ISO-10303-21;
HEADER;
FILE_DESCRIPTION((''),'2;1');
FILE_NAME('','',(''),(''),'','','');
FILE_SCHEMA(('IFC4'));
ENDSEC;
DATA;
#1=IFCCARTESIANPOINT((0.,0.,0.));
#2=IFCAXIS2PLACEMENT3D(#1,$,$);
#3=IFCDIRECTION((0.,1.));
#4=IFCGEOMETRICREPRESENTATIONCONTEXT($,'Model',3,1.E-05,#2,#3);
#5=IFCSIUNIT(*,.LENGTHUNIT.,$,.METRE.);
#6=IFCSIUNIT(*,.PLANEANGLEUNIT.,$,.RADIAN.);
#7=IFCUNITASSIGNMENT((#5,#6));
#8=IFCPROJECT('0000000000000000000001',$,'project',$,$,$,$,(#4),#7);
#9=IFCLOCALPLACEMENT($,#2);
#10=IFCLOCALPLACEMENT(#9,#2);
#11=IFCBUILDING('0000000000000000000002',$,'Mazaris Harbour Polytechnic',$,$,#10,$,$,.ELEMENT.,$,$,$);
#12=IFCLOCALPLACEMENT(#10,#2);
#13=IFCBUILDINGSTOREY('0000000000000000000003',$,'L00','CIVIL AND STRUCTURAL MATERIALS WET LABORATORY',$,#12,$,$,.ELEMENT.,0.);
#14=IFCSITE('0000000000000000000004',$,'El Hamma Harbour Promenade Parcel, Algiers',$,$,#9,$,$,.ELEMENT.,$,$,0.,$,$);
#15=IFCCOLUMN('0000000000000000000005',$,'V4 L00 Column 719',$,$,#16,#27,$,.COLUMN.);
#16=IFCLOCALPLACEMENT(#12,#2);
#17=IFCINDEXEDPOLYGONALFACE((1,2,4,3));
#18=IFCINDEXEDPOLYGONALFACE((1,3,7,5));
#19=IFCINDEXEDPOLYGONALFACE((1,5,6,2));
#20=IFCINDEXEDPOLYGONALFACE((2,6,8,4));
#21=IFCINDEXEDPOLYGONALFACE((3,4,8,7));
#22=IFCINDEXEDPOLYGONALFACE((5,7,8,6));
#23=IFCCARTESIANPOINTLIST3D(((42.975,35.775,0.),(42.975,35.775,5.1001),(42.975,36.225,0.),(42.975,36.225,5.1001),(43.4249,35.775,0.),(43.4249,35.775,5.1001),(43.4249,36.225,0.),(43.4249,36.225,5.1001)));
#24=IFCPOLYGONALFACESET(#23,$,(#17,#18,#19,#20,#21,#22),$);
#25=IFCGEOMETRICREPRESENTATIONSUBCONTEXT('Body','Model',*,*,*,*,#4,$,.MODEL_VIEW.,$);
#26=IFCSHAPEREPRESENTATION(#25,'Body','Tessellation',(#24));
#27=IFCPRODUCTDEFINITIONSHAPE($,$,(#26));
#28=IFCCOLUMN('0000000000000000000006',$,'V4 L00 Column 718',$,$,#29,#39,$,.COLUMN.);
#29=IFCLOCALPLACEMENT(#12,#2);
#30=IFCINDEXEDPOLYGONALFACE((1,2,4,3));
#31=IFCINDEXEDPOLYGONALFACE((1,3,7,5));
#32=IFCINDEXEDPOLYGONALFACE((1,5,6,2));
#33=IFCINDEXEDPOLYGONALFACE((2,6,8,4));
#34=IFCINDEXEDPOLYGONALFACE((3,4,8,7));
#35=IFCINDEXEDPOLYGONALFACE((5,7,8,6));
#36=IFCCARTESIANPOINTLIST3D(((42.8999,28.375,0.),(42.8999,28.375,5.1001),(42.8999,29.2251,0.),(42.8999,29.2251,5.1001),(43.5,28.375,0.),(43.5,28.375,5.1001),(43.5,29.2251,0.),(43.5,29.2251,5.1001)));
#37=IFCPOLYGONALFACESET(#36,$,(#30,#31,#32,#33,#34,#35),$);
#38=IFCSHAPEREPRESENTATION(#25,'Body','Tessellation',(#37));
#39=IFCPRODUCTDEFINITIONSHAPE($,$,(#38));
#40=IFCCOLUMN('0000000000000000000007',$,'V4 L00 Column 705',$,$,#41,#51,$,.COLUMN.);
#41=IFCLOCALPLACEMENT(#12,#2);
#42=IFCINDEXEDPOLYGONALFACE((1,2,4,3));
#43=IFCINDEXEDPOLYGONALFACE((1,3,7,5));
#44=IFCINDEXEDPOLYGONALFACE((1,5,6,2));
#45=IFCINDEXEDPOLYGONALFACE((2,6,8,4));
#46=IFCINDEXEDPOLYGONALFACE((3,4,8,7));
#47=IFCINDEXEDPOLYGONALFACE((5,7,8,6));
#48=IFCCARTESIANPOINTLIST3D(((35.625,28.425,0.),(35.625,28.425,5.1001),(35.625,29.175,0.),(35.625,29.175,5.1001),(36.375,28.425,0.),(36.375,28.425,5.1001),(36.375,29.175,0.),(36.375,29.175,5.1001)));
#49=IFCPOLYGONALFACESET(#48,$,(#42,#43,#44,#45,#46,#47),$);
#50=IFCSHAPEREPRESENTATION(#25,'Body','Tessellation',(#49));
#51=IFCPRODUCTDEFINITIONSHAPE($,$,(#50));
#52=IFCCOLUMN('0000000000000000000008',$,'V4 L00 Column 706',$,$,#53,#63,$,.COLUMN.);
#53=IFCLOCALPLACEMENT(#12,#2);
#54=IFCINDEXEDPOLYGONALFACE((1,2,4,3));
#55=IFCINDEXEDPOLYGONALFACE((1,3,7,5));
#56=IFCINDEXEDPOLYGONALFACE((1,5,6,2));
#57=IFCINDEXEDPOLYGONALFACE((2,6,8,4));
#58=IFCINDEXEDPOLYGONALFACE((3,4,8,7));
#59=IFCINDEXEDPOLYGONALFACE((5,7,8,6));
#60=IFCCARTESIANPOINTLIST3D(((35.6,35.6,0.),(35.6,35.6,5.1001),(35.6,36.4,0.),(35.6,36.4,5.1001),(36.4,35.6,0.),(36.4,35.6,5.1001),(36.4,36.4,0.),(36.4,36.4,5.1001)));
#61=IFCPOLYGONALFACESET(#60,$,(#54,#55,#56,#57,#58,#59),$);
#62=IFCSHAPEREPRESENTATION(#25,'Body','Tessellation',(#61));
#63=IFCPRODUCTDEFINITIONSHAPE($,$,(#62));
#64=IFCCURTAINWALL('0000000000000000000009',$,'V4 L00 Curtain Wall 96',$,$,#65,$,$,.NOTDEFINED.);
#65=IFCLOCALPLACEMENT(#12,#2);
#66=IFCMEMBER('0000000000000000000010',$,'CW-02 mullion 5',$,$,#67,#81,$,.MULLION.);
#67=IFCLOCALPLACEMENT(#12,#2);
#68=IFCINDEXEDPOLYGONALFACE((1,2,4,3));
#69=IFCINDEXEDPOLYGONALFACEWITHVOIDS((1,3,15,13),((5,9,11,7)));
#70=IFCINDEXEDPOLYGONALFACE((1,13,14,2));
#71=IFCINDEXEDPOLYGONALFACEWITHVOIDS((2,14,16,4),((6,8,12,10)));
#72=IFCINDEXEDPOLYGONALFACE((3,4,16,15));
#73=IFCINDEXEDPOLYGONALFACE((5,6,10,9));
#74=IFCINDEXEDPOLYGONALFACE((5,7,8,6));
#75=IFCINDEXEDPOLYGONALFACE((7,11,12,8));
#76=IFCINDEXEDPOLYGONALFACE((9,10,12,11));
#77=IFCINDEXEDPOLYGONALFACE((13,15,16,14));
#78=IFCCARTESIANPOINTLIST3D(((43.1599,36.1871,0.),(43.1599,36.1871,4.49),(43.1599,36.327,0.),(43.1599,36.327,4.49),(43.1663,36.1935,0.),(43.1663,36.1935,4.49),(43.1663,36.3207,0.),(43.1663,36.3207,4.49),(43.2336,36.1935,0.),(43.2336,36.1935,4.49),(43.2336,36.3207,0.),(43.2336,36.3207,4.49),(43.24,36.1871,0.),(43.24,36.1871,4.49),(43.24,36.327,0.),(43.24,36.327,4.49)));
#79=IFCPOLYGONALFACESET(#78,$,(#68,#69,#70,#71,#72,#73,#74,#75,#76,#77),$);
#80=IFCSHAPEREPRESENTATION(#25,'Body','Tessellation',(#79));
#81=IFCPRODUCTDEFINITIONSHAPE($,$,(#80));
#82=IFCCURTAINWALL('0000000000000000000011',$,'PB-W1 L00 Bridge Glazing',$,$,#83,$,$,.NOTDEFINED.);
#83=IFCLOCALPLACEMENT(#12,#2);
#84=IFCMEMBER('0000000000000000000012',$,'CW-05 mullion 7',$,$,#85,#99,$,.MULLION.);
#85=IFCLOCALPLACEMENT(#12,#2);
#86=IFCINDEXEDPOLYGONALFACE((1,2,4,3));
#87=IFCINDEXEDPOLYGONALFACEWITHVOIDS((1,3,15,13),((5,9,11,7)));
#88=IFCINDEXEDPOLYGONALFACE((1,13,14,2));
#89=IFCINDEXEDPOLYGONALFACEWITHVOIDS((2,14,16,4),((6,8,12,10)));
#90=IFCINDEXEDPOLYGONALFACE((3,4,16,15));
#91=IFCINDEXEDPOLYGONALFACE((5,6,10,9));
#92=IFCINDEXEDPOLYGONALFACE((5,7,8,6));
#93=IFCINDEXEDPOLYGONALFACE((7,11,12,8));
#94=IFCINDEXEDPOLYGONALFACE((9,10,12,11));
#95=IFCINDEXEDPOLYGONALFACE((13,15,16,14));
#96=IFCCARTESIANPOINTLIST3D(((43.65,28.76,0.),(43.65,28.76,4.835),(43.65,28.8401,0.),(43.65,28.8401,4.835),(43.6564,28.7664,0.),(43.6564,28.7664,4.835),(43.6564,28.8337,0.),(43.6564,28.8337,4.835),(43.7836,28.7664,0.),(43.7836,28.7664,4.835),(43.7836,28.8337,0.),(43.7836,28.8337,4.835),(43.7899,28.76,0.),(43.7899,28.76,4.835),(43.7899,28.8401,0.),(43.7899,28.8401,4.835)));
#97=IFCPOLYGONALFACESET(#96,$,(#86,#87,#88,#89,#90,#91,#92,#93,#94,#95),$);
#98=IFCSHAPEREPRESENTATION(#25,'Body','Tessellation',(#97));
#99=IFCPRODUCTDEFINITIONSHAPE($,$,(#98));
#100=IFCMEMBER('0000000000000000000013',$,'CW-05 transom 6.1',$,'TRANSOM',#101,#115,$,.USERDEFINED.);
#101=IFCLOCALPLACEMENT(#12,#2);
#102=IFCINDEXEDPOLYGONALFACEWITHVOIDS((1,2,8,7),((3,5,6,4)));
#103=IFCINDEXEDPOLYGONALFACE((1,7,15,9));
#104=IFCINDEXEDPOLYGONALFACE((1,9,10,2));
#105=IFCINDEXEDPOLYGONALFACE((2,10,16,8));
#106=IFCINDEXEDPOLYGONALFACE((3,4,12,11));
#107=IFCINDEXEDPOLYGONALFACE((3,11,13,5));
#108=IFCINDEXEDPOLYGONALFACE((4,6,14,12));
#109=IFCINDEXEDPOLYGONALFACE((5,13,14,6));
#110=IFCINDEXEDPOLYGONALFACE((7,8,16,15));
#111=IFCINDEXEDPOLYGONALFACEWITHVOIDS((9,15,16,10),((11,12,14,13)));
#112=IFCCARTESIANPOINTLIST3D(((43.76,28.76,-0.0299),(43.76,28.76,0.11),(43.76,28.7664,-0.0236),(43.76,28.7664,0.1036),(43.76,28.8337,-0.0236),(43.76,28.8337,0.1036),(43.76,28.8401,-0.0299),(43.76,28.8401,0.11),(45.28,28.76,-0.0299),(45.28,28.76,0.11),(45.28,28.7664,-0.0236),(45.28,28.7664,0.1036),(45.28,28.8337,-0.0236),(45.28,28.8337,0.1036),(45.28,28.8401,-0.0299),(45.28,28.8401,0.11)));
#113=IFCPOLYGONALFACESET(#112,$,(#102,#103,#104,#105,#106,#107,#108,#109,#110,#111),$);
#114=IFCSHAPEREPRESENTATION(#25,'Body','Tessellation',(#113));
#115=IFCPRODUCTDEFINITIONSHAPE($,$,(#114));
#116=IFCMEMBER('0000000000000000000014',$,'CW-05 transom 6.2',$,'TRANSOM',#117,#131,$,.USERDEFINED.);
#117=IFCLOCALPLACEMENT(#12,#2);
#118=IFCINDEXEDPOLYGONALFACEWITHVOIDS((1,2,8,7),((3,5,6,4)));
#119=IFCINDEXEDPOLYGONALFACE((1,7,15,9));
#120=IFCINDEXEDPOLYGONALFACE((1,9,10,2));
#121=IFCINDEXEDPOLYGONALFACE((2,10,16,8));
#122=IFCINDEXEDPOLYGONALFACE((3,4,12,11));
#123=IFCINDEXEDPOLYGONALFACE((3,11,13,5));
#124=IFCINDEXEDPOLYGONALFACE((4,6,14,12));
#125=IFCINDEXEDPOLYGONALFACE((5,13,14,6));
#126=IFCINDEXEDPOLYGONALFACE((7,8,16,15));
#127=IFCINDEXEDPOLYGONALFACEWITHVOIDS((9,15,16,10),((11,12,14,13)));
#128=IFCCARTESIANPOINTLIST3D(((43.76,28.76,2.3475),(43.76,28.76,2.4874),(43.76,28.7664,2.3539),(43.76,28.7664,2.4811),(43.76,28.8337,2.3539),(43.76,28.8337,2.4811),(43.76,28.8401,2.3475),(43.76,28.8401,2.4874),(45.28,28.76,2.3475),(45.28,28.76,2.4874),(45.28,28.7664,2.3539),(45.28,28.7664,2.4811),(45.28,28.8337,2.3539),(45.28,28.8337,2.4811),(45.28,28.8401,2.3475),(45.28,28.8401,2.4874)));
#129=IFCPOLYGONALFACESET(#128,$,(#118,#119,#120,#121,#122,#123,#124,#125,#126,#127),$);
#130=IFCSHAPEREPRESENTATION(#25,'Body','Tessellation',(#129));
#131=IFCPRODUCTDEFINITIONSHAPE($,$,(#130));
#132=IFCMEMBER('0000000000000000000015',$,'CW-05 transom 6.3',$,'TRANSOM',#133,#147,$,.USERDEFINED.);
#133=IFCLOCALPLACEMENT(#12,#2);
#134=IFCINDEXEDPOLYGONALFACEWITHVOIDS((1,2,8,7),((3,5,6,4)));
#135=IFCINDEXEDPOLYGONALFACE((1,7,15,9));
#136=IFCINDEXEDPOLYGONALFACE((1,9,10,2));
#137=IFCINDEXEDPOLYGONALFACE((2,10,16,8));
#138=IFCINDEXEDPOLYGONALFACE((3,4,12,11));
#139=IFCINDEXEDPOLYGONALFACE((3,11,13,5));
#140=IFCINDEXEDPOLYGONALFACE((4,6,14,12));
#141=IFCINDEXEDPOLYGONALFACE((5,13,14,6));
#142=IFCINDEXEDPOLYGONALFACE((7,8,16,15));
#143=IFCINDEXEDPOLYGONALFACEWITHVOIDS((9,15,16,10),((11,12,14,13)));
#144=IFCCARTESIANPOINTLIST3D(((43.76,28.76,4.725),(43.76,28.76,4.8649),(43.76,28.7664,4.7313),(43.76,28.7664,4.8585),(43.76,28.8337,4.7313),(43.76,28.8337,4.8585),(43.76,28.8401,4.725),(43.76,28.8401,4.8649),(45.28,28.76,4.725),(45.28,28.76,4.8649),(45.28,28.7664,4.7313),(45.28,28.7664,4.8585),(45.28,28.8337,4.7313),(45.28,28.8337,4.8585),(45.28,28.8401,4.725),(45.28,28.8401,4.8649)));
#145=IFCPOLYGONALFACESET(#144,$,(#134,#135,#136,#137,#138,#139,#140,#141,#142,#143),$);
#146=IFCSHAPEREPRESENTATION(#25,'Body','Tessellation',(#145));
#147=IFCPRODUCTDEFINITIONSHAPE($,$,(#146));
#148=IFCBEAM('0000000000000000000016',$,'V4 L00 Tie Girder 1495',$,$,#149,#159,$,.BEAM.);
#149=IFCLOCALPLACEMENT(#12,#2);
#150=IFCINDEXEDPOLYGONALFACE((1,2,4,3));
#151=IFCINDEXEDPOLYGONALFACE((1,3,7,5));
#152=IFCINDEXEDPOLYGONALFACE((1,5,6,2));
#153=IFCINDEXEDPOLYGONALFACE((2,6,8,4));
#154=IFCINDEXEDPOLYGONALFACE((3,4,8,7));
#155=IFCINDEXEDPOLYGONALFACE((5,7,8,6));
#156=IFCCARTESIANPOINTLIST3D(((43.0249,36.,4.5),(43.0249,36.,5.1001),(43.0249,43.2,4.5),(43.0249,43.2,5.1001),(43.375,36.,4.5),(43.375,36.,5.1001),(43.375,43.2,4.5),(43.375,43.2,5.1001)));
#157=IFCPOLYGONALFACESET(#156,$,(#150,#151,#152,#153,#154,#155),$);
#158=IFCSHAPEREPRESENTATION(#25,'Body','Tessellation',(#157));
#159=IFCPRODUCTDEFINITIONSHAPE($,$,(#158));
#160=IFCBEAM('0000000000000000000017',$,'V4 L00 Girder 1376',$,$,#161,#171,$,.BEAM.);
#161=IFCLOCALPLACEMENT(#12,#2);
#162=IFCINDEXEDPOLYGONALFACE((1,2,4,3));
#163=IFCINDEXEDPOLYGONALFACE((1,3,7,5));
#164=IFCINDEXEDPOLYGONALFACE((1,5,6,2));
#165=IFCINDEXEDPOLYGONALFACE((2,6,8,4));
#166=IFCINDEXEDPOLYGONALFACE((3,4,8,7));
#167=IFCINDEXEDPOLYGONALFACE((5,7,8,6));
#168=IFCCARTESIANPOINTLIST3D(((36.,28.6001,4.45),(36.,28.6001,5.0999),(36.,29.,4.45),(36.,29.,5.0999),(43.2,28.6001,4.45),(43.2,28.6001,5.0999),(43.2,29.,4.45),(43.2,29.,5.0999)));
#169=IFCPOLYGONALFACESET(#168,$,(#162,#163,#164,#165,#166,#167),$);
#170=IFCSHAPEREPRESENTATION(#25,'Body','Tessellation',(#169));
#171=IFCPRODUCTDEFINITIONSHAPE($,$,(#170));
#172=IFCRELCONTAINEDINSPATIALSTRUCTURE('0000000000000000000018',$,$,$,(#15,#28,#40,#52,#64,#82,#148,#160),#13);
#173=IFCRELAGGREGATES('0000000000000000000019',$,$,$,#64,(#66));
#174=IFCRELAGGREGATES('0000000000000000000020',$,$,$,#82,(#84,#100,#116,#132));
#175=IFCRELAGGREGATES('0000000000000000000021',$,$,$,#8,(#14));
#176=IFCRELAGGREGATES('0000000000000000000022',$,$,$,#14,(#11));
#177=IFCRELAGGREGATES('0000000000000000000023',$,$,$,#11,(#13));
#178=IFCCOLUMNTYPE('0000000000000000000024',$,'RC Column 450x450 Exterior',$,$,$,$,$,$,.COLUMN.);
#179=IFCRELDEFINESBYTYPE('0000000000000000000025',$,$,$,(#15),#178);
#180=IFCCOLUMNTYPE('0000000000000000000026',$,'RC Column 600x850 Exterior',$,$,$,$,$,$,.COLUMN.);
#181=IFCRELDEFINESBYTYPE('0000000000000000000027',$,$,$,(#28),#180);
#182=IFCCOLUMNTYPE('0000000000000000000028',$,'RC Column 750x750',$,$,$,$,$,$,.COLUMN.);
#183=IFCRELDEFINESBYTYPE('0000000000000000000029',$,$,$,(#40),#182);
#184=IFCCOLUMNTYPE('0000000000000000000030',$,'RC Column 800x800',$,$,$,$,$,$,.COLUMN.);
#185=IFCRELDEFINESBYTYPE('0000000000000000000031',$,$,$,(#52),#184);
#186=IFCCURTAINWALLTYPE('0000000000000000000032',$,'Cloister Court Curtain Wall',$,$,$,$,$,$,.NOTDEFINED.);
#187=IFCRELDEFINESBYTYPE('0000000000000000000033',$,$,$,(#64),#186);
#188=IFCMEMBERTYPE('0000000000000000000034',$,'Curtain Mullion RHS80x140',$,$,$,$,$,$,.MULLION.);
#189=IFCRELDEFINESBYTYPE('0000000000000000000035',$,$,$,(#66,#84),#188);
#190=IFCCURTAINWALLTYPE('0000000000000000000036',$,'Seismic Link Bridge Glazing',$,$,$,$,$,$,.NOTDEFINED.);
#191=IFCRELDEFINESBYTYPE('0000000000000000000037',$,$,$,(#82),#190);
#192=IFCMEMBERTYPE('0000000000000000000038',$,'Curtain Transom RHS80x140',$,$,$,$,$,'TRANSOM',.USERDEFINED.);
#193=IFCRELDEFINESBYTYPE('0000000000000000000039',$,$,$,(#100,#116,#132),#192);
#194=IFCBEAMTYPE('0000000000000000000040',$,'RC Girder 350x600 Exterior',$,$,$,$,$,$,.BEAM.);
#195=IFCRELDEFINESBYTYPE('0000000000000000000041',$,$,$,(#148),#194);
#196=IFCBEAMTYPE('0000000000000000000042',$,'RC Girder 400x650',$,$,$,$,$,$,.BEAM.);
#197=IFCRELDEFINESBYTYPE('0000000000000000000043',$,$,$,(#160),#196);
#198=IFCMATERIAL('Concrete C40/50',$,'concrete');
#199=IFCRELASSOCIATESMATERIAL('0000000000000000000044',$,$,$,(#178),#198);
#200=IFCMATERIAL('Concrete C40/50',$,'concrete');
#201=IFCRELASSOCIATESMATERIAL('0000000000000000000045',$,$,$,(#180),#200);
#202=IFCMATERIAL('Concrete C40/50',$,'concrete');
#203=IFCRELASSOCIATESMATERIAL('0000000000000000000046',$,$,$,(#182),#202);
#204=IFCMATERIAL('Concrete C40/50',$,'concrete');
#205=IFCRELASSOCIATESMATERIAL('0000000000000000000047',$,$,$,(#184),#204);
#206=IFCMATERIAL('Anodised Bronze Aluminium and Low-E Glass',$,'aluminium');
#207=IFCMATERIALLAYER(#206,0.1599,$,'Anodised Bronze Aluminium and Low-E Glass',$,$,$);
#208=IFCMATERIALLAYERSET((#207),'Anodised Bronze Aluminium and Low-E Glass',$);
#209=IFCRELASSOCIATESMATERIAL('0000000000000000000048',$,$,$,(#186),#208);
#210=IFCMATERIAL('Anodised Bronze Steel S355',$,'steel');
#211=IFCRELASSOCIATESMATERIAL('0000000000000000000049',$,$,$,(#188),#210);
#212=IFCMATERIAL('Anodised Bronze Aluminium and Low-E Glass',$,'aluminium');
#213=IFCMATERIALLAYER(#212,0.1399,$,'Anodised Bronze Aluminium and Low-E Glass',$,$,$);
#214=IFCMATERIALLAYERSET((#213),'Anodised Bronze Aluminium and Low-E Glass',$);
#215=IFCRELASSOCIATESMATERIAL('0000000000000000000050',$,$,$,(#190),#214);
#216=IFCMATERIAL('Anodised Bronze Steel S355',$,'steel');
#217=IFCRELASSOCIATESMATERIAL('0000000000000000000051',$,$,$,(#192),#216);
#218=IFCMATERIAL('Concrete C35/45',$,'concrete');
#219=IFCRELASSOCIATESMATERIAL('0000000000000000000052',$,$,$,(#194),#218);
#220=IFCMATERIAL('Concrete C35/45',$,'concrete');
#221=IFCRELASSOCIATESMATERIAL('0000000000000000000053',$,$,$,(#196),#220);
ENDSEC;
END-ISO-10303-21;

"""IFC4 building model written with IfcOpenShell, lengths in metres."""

from ifc_helpers import new_model, si_unit, direction, frame, origin, origin_2d, place, context, subcontext, project, spatial, rectangle, hollow_rectangle, extrude, material, layer, layer_set, material_profile, profile_set, type_object, element, aggregate, save


model = new_model("IFC4")

# Units and contexts
model_context = context("Model", 3, precision=1e-05, world=origin(), true_north=direction((0.0, 1.0)))
body_context = subcontext(model_context, "Body", "Model", "MODEL_VIEW")
ifc_project = project(units=[si_unit("LENGTHUNIT", "METRE"), si_unit("PLANEANGLEUNIT", "RADIAN")], contexts=[model_context])

# Site, building, storey
site_placement = place(None, origin())
site = spatial("IfcSite", under=ifc_project, at=site_placement, Name="El Hamma Harbour Promenade Parcel, Algiers", CompositionType="ELEMENT", RefElevation=0.0)
building_placement = place(site_placement, origin())
building = spatial("IfcBuilding", under=site, at=building_placement, Name="Mazaris Harbour Polytechnic", CompositionType="ELEMENT")
storey_placement = place(building_placement, origin())
storey = spatial("IfcBuildingStorey", under=building, at=storey_placement, Name="L00", Description="CIVIL AND STRUCTURAL MATERIALS WET LABORATORY", CompositionType="ELEMENT", Elevation=0.0)

# Columns
ifc_material_1 = material(Name="Concrete C40/50", Category="concrete")
ifc_material_profile_1 = material_profile(ifc_material_1, rectangle(XDim=0.45, YDim=0.45, at=origin_2d()), Name="RECT450x450")
ifc_profile_set_1 = profile_set([ifc_material_profile_1], Name="Concrete C40/50")
column_type_1 = type_object("IfcColumnType", Name="RC Column 450x450 Exterior", PredefinedType="COLUMN", material=ifc_profile_set_1)
column_1_placement = place(storey_placement, frame((43.2, 36.0, 0.0), z_axis=(0.0, 0.0, 1.0), x_axis=(1.0, 0.0, 0.0)))
element("IfcColumn", 1, at=column_1_placement, inside=storey, type_object=column_type_1, Name="V4 L00 Column 719", PredefinedType="COLUMN", context=body_context, shape_type="SweptSolid", body=[
    extrude(rectangle(XDim=0.45, YDim=0.45, at=origin_2d()), origin(), (0.0, 0.0, 1.0), 5.1001),
])
ifc_material_2 = material(Name="Concrete C40/50", Category="concrete")
ifc_material_profile_2 = material_profile(ifc_material_2, rectangle(XDim=0.6001, YDim=0.8501, at=origin_2d()), Name="RECT600x850")
ifc_profile_set_2 = profile_set([ifc_material_profile_2], Name="Concrete C40/50")
column_type_2 = type_object("IfcColumnType", Name="RC Column 600x850 Exterior", PredefinedType="COLUMN", material=ifc_profile_set_2)
column_2_placement = place(storey_placement, frame((43.2, 28.8, 0.0), z_axis=(0.0, 0.0, 1.0), x_axis=(1.0, 0.0, 0.0)))
element("IfcColumn", 2, at=column_2_placement, inside=storey, type_object=column_type_2, Name="V4 L00 Column 718", PredefinedType="COLUMN", context=body_context, shape_type="SweptSolid", body=[
    extrude(rectangle(XDim=0.6001, YDim=0.8501, at=origin_2d()), origin(), (0.0, 0.0, 1.0), 5.1001),
])
ifc_material_3 = material(Name="Concrete C40/50", Category="concrete")
ifc_material_profile_3 = material_profile(ifc_material_3, rectangle(XDim=0.75, YDim=0.75, at=origin_2d()), Name="RECT750x750")
ifc_profile_set_3 = profile_set([ifc_material_profile_3], Name="Concrete C40/50")
column_type_3 = type_object("IfcColumnType", Name="RC Column 750x750", PredefinedType="COLUMN", material=ifc_profile_set_3)
column_3_placement = place(storey_placement, frame((36.0, 28.8, 0.0), z_axis=(0.0, 0.0, 1.0), x_axis=(1.0, 0.0, 0.0)))
element("IfcColumn", 3, at=column_3_placement, inside=storey, type_object=column_type_3, Name="V4 L00 Column 705", PredefinedType="COLUMN", context=body_context, shape_type="SweptSolid", body=[
    extrude(rectangle(XDim=0.75, YDim=0.75, at=origin_2d()), origin(), (0.0, 0.0, 1.0), 5.1001),
])
ifc_material_4 = material(Name="Concrete C40/50", Category="concrete")
ifc_material_profile_4 = material_profile(ifc_material_4, rectangle(XDim=0.8, YDim=0.8, at=origin_2d()), Name="RECT800x800")
ifc_profile_set_4 = profile_set([ifc_material_profile_4], Name="Concrete C40/50")
column_type_4 = type_object("IfcColumnType", Name="RC Column 800x800", PredefinedType="COLUMN", material=ifc_profile_set_4)
column_4_placement = place(storey_placement, frame((36.0, 36.0, 0.0), z_axis=(0.0, 0.0, 1.0), x_axis=(1.0, 0.0, 0.0)))
element("IfcColumn", 4, at=column_4_placement, inside=storey, type_object=column_type_4, Name="V4 L00 Column 706", PredefinedType="COLUMN", context=body_context, shape_type="SweptSolid", body=[
    extrude(rectangle(XDim=0.8, YDim=0.8, at=origin_2d()), origin(), (0.0, 0.0, 1.0), 5.1001),
])

# Curtain wall, member
ifc_material_5 = material(Name="Anodised Bronze Aluminium and Low-E Glass", Category="aluminium")
ifc_layer_1 = layer(ifc_material_5, 0.1599, Name="Anodised Bronze Aluminium and Low-E Glass")
ifc_layer_set_1 = layer_set([ifc_layer_1], Name="Anodised Bronze Aluminium and Low-E Glass")
curtain_wall_type_1 = type_object("IfcCurtainWallType", Name="Cloister Court Curtain Wall", PredefinedType="NOTDEFINED", material=ifc_layer_set_1)
curtain_wall_1_placement = place(storey_placement, origin())
curtain_wall_1 = element("IfcCurtainWall", 5, at=curtain_wall_1_placement, inside=storey, type_object=curtain_wall_type_1, Name="V4 L00 Curtain Wall 96", PredefinedType="NOTDEFINED")
ifc_material_6 = material(Name="Anodised Bronze Steel S355", Category="steel")
ifc_material_profile_5 = material_profile(ifc_material_6, hollow_rectangle(XDim=0.0801, YDim=0.1399, WallThickness=0.0063, at=origin_2d()), Name="RHS 80x140x6.3")
ifc_profile_set_5 = profile_set([ifc_material_profile_5], Name="Anodised Bronze Steel S355")
member_type_1 = type_object("IfcMemberType", Name="Curtain Mullion RHS80x140", PredefinedType="MULLION", material=ifc_profile_set_5)
member_1_placement = place(storey_placement, frame((43.2, 36.2571, 0.0), z_axis=(0.0, 0.0, 1.0), x_axis=(1.0, 0.0, 0.0)))
member_1 = element("IfcMember", 6, at=member_1_placement, type_object=member_type_1, Name="CW-02 mullion 5", PredefinedType="MULLION", context=body_context, shape_type="SweptSolid", body=[
    extrude(hollow_rectangle(XDim=0.0801, YDim=0.1399, WallThickness=0.0063, at=origin_2d()), origin(), (0.0, 0.0, 1.0), 4.49),
])
aggregate(curtain_wall_1, [member_1])

# Curtain wall, members
ifc_material_7 = material(Name="Anodised Bronze Aluminium and Low-E Glass", Category="aluminium")
ifc_layer_2 = layer(ifc_material_7, 0.1399, Name="Anodised Bronze Aluminium and Low-E Glass")
ifc_layer_set_2 = layer_set([ifc_layer_2], Name="Anodised Bronze Aluminium and Low-E Glass")
curtain_wall_type_2 = type_object("IfcCurtainWallType", Name="Seismic Link Bridge Glazing", PredefinedType="NOTDEFINED", material=ifc_layer_set_2)
curtain_wall_2_placement = place(storey_placement, origin())
curtain_wall_2 = element("IfcCurtainWall", 7, at=curtain_wall_2_placement, inside=storey, type_object=curtain_wall_type_2, Name="PB-W1 L00 Bridge Glazing", PredefinedType="NOTDEFINED")
member_2_placement = place(storey_placement, frame((43.72, 28.8, 0.0), z_axis=(0.0, 0.0, 1.0), x_axis=(0.0, -1.0, 0.0)))
member_2 = element("IfcMember", 8, at=member_2_placement, type_object=member_type_1, Name="CW-05 mullion 7", PredefinedType="MULLION", context=body_context, shape_type="SweptSolid", body=[
    extrude(hollow_rectangle(XDim=0.0801, YDim=0.1399, WallThickness=0.0063, at=origin_2d()), origin(), (0.0, 0.0, 1.0), 4.835),
])
ifc_material_8 = material(Name="Anodised Bronze Steel S355", Category="steel")
ifc_material_profile_6 = material_profile(ifc_material_8, hollow_rectangle(XDim=0.0801, YDim=0.1399, WallThickness=0.0063, at=origin_2d()), Name="RHS 80x140x6.3")
ifc_profile_set_6 = profile_set([ifc_material_profile_6], Name="Anodised Bronze Steel S355")
member_type_2 = type_object("IfcMemberType", Name="Curtain Transom RHS80x140", ElementType="TRANSOM", PredefinedType="USERDEFINED", material=ifc_profile_set_6)
member_3_placement = place(storey_placement, frame((45.28, 28.8, 0.04), z_axis=(-1.0, 0.0, 0.0), x_axis=(0.0, -1.0, 0.0)))
member_3 = element("IfcMember", 9, at=member_3_placement, type_object=member_type_2, Name="CW-05 transom 6.1", ObjectType="TRANSOM", PredefinedType="USERDEFINED", context=body_context, shape_type="SweptSolid", body=[
    extrude(hollow_rectangle(XDim=0.0801, YDim=0.1399, WallThickness=0.0063, at=origin_2d()), origin(), (0.0, 0.0, 1.0), 1.52),
])
member_4_placement = place(storey_placement, frame((45.28, 28.8, 2.4175), z_axis=(-1.0, 0.0, 0.0), x_axis=(0.0, -1.0, 0.0)))
member_4 = element("IfcMember", 10, at=member_4_placement, type_object=member_type_2, Name="CW-05 transom 6.2", ObjectType="TRANSOM", PredefinedType="USERDEFINED", context=body_context, shape_type="SweptSolid", body=[
    extrude(hollow_rectangle(XDim=0.0801, YDim=0.1399, WallThickness=0.0063, at=origin_2d()), origin(), (0.0, 0.0, 1.0), 1.52),
])
member_5_placement = place(storey_placement, frame((45.28, 28.8, 4.7949), z_axis=(-1.0, 0.0, 0.0), x_axis=(0.0, -1.0, 0.0)))
member_5 = element("IfcMember", 11, at=member_5_placement, type_object=member_type_2, Name="CW-05 transom 6.3", ObjectType="TRANSOM", PredefinedType="USERDEFINED", context=body_context, shape_type="SweptSolid", body=[
    extrude(hollow_rectangle(XDim=0.0801, YDim=0.1399, WallThickness=0.0063, at=origin_2d()), origin(), (0.0, 0.0, 1.0), 1.52),
])

# Beams
ifc_material_9 = material(Name="Concrete C35/45", Category="concrete")
ifc_material_profile_7 = material_profile(ifc_material_9, rectangle(XDim=0.3501, YDim=0.6001, at=origin_2d()), Name="RECT350x600")
ifc_profile_set_7 = profile_set([ifc_material_profile_7], Name="Concrete C35/45")
beam_type_1 = type_object("IfcBeamType", Name="RC Girder 350x600 Exterior", PredefinedType="BEAM", material=ifc_profile_set_7)
beam_1_placement = place(storey_placement, frame((43.2, 36.0, 4.8), z_axis=(0.0, 1.0, 0.0), x_axis=(-1.0, 0.0, 0.0)))
element("IfcBeam", 12, at=beam_1_placement, inside=storey, type_object=beam_type_1, Name="V4 L00 Tie Girder 1495", PredefinedType="BEAM", context=body_context, shape_type="SweptSolid", body=[
    extrude(rectangle(XDim=0.3501, YDim=0.6001, at=origin_2d()), origin(), (0.0, 0.0, 1.0), 7.2),
])
ifc_material_10 = material(Name="Concrete C35/45", Category="concrete")
ifc_material_profile_8 = material_profile(ifc_material_10, rectangle(XDim=0.3999, YDim=0.6499, at=origin_2d()), Name="RECT400x650")
ifc_profile_set_8 = profile_set([ifc_material_profile_8], Name="Concrete C35/45")
beam_type_2 = type_object("IfcBeamType", Name="RC Girder 400x650", PredefinedType="BEAM", material=ifc_profile_set_8)
beam_2_placement = place(storey_placement, frame((36.0, 28.8, 4.7749), z_axis=(1.0, 0.0, 0.0), x_axis=(0.0, 1.0, 0.0)))
element("IfcBeam", 13, at=beam_2_placement, inside=storey, type_object=beam_type_2, Name="V4 L00 Girder 1376", PredefinedType="BEAM", context=body_context, shape_type="SweptSolid", body=[
    extrude(rectangle(XDim=0.3999, YDim=0.6499, at=origin_2d()), origin(), (0.0, 0.0, 1.0), 7.2),
])

aggregate(curtain_wall_2, [member_2, member_3, member_4, member_5])

save(model, "model.ifc")
